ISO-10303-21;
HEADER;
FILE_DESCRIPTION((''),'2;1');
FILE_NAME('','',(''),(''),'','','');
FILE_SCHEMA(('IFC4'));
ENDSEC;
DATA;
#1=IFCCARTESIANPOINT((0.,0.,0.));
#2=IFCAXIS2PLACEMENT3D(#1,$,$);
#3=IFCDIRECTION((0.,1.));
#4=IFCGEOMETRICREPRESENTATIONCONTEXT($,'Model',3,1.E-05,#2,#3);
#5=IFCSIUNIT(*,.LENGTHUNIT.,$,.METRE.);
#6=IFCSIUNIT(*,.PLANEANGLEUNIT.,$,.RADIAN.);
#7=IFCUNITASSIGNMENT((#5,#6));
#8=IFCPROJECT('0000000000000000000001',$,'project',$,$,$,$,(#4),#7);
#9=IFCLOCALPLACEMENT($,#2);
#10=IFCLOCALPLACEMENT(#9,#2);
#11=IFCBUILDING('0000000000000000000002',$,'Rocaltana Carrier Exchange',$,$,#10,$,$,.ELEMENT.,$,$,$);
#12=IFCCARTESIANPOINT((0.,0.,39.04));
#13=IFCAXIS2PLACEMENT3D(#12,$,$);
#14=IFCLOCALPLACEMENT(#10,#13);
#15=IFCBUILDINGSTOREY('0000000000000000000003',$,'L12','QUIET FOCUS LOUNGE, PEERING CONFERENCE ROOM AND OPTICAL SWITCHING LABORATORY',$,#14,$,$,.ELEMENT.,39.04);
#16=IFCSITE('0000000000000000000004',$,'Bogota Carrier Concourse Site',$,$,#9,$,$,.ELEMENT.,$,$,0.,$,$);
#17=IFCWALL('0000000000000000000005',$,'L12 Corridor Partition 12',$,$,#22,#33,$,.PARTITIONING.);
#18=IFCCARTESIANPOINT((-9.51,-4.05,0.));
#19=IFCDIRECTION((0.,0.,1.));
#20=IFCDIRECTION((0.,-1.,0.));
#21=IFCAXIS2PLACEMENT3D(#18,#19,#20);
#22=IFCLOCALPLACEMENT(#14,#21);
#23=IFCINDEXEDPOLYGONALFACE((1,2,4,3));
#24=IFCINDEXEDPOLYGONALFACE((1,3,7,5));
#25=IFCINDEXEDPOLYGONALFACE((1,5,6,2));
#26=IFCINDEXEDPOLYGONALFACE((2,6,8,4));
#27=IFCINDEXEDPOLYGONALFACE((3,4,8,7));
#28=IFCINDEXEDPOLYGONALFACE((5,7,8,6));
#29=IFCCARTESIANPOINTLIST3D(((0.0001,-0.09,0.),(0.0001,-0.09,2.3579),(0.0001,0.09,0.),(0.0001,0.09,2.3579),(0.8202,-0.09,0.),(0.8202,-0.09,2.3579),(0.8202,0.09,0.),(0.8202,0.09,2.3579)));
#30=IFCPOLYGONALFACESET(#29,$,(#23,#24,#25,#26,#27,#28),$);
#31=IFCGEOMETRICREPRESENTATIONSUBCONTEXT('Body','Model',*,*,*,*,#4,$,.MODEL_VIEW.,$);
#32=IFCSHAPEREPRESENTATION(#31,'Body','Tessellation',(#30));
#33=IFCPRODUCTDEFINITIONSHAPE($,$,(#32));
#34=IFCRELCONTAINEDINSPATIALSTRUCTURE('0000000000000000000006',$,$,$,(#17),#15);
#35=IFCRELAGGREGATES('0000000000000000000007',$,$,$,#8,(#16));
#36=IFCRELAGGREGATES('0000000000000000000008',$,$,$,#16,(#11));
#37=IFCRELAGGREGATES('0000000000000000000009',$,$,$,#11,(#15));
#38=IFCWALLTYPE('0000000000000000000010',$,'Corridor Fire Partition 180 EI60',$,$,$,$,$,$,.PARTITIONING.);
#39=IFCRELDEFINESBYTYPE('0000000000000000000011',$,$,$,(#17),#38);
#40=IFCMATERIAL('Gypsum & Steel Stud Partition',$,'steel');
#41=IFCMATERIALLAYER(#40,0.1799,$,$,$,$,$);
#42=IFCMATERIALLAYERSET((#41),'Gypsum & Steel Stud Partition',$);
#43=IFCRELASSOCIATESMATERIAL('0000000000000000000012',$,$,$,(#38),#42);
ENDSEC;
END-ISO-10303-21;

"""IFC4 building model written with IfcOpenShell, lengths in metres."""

from ifc_helpers import new_model, si_unit, direction, frame, frame_2d, origin, place, context, subcontext, project, spatial, rectangle, extrude, material, layer, layer_set, type_object, element, save


model = new_model("IFC4")

# Units and contexts
model_context = context("Model", 3, precision=1e-05, world=origin(), true_north=direction((0.0, 1.0)))
body_context = subcontext(model_context, "Body", "Model", "MODEL_VIEW")
ifc_project = project(units=[si_unit("LENGTHUNIT", "METRE"), si_unit("PLANEANGLEUNIT", "RADIAN")], contexts=[model_context])

# Site, building, storey
site_placement = place(None, origin())
site = spatial("IfcSite", under=ifc_project, at=site_placement, Name="Bogota Carrier Concourse Site", CompositionType="ELEMENT", RefElevation=0.0)
building_placement = place(site_placement, origin())
building = spatial("IfcBuilding", under=site, at=building_placement, Name="Rocaltana Carrier Exchange", CompositionType="ELEMENT")
storey_placement = place(building_placement, frame((0.0, 0.0, 39.04)))
storey = spatial("IfcBuildingStorey", under=building, at=storey_placement, Name="L12", Description="QUIET FOCUS LOUNGE, PEERING CONFERENCE ROOM AND OPTICAL SWITCHING LABORATORY", CompositionType="ELEMENT", Elevation=39.04)

# Shared definitions
ifc_material_1 = material(Name="Gypsum & Steel Stud Partition", Category="steel")
ifc_layer_1 = layer(ifc_material_1, 0.1799)
ifc_layer_set_1 = layer_set([ifc_layer_1], Name="Gypsum & Steel Stud Partition")
wall_type = type_object("IfcWallType", Name="Corridor Fire Partition 180 EI60", PredefinedType="PARTITIONING", material=ifc_layer_set_1)

# Wall
wall_1_placement = place(storey_placement, frame((-9.51, -4.05, 0.0), z_axis=(0.0, 0.0, 1.0), x_axis=(0.0, -1.0, 0.0)))
element("IfcWall", 1, at=wall_1_placement, inside=storey, type_object=wall_type, Name="L12 Corridor Partition 12", PredefinedType="PARTITIONING", context=body_context, shape_type="SweptSolid", body=[
    extrude(rectangle(XDim=0.8201, YDim=0.1799, at=frame_2d((0.4102, 0.0))), origin(), (0.0, 0.0, 1.0), 2.3579),
])

save(model, "model.ifc")
